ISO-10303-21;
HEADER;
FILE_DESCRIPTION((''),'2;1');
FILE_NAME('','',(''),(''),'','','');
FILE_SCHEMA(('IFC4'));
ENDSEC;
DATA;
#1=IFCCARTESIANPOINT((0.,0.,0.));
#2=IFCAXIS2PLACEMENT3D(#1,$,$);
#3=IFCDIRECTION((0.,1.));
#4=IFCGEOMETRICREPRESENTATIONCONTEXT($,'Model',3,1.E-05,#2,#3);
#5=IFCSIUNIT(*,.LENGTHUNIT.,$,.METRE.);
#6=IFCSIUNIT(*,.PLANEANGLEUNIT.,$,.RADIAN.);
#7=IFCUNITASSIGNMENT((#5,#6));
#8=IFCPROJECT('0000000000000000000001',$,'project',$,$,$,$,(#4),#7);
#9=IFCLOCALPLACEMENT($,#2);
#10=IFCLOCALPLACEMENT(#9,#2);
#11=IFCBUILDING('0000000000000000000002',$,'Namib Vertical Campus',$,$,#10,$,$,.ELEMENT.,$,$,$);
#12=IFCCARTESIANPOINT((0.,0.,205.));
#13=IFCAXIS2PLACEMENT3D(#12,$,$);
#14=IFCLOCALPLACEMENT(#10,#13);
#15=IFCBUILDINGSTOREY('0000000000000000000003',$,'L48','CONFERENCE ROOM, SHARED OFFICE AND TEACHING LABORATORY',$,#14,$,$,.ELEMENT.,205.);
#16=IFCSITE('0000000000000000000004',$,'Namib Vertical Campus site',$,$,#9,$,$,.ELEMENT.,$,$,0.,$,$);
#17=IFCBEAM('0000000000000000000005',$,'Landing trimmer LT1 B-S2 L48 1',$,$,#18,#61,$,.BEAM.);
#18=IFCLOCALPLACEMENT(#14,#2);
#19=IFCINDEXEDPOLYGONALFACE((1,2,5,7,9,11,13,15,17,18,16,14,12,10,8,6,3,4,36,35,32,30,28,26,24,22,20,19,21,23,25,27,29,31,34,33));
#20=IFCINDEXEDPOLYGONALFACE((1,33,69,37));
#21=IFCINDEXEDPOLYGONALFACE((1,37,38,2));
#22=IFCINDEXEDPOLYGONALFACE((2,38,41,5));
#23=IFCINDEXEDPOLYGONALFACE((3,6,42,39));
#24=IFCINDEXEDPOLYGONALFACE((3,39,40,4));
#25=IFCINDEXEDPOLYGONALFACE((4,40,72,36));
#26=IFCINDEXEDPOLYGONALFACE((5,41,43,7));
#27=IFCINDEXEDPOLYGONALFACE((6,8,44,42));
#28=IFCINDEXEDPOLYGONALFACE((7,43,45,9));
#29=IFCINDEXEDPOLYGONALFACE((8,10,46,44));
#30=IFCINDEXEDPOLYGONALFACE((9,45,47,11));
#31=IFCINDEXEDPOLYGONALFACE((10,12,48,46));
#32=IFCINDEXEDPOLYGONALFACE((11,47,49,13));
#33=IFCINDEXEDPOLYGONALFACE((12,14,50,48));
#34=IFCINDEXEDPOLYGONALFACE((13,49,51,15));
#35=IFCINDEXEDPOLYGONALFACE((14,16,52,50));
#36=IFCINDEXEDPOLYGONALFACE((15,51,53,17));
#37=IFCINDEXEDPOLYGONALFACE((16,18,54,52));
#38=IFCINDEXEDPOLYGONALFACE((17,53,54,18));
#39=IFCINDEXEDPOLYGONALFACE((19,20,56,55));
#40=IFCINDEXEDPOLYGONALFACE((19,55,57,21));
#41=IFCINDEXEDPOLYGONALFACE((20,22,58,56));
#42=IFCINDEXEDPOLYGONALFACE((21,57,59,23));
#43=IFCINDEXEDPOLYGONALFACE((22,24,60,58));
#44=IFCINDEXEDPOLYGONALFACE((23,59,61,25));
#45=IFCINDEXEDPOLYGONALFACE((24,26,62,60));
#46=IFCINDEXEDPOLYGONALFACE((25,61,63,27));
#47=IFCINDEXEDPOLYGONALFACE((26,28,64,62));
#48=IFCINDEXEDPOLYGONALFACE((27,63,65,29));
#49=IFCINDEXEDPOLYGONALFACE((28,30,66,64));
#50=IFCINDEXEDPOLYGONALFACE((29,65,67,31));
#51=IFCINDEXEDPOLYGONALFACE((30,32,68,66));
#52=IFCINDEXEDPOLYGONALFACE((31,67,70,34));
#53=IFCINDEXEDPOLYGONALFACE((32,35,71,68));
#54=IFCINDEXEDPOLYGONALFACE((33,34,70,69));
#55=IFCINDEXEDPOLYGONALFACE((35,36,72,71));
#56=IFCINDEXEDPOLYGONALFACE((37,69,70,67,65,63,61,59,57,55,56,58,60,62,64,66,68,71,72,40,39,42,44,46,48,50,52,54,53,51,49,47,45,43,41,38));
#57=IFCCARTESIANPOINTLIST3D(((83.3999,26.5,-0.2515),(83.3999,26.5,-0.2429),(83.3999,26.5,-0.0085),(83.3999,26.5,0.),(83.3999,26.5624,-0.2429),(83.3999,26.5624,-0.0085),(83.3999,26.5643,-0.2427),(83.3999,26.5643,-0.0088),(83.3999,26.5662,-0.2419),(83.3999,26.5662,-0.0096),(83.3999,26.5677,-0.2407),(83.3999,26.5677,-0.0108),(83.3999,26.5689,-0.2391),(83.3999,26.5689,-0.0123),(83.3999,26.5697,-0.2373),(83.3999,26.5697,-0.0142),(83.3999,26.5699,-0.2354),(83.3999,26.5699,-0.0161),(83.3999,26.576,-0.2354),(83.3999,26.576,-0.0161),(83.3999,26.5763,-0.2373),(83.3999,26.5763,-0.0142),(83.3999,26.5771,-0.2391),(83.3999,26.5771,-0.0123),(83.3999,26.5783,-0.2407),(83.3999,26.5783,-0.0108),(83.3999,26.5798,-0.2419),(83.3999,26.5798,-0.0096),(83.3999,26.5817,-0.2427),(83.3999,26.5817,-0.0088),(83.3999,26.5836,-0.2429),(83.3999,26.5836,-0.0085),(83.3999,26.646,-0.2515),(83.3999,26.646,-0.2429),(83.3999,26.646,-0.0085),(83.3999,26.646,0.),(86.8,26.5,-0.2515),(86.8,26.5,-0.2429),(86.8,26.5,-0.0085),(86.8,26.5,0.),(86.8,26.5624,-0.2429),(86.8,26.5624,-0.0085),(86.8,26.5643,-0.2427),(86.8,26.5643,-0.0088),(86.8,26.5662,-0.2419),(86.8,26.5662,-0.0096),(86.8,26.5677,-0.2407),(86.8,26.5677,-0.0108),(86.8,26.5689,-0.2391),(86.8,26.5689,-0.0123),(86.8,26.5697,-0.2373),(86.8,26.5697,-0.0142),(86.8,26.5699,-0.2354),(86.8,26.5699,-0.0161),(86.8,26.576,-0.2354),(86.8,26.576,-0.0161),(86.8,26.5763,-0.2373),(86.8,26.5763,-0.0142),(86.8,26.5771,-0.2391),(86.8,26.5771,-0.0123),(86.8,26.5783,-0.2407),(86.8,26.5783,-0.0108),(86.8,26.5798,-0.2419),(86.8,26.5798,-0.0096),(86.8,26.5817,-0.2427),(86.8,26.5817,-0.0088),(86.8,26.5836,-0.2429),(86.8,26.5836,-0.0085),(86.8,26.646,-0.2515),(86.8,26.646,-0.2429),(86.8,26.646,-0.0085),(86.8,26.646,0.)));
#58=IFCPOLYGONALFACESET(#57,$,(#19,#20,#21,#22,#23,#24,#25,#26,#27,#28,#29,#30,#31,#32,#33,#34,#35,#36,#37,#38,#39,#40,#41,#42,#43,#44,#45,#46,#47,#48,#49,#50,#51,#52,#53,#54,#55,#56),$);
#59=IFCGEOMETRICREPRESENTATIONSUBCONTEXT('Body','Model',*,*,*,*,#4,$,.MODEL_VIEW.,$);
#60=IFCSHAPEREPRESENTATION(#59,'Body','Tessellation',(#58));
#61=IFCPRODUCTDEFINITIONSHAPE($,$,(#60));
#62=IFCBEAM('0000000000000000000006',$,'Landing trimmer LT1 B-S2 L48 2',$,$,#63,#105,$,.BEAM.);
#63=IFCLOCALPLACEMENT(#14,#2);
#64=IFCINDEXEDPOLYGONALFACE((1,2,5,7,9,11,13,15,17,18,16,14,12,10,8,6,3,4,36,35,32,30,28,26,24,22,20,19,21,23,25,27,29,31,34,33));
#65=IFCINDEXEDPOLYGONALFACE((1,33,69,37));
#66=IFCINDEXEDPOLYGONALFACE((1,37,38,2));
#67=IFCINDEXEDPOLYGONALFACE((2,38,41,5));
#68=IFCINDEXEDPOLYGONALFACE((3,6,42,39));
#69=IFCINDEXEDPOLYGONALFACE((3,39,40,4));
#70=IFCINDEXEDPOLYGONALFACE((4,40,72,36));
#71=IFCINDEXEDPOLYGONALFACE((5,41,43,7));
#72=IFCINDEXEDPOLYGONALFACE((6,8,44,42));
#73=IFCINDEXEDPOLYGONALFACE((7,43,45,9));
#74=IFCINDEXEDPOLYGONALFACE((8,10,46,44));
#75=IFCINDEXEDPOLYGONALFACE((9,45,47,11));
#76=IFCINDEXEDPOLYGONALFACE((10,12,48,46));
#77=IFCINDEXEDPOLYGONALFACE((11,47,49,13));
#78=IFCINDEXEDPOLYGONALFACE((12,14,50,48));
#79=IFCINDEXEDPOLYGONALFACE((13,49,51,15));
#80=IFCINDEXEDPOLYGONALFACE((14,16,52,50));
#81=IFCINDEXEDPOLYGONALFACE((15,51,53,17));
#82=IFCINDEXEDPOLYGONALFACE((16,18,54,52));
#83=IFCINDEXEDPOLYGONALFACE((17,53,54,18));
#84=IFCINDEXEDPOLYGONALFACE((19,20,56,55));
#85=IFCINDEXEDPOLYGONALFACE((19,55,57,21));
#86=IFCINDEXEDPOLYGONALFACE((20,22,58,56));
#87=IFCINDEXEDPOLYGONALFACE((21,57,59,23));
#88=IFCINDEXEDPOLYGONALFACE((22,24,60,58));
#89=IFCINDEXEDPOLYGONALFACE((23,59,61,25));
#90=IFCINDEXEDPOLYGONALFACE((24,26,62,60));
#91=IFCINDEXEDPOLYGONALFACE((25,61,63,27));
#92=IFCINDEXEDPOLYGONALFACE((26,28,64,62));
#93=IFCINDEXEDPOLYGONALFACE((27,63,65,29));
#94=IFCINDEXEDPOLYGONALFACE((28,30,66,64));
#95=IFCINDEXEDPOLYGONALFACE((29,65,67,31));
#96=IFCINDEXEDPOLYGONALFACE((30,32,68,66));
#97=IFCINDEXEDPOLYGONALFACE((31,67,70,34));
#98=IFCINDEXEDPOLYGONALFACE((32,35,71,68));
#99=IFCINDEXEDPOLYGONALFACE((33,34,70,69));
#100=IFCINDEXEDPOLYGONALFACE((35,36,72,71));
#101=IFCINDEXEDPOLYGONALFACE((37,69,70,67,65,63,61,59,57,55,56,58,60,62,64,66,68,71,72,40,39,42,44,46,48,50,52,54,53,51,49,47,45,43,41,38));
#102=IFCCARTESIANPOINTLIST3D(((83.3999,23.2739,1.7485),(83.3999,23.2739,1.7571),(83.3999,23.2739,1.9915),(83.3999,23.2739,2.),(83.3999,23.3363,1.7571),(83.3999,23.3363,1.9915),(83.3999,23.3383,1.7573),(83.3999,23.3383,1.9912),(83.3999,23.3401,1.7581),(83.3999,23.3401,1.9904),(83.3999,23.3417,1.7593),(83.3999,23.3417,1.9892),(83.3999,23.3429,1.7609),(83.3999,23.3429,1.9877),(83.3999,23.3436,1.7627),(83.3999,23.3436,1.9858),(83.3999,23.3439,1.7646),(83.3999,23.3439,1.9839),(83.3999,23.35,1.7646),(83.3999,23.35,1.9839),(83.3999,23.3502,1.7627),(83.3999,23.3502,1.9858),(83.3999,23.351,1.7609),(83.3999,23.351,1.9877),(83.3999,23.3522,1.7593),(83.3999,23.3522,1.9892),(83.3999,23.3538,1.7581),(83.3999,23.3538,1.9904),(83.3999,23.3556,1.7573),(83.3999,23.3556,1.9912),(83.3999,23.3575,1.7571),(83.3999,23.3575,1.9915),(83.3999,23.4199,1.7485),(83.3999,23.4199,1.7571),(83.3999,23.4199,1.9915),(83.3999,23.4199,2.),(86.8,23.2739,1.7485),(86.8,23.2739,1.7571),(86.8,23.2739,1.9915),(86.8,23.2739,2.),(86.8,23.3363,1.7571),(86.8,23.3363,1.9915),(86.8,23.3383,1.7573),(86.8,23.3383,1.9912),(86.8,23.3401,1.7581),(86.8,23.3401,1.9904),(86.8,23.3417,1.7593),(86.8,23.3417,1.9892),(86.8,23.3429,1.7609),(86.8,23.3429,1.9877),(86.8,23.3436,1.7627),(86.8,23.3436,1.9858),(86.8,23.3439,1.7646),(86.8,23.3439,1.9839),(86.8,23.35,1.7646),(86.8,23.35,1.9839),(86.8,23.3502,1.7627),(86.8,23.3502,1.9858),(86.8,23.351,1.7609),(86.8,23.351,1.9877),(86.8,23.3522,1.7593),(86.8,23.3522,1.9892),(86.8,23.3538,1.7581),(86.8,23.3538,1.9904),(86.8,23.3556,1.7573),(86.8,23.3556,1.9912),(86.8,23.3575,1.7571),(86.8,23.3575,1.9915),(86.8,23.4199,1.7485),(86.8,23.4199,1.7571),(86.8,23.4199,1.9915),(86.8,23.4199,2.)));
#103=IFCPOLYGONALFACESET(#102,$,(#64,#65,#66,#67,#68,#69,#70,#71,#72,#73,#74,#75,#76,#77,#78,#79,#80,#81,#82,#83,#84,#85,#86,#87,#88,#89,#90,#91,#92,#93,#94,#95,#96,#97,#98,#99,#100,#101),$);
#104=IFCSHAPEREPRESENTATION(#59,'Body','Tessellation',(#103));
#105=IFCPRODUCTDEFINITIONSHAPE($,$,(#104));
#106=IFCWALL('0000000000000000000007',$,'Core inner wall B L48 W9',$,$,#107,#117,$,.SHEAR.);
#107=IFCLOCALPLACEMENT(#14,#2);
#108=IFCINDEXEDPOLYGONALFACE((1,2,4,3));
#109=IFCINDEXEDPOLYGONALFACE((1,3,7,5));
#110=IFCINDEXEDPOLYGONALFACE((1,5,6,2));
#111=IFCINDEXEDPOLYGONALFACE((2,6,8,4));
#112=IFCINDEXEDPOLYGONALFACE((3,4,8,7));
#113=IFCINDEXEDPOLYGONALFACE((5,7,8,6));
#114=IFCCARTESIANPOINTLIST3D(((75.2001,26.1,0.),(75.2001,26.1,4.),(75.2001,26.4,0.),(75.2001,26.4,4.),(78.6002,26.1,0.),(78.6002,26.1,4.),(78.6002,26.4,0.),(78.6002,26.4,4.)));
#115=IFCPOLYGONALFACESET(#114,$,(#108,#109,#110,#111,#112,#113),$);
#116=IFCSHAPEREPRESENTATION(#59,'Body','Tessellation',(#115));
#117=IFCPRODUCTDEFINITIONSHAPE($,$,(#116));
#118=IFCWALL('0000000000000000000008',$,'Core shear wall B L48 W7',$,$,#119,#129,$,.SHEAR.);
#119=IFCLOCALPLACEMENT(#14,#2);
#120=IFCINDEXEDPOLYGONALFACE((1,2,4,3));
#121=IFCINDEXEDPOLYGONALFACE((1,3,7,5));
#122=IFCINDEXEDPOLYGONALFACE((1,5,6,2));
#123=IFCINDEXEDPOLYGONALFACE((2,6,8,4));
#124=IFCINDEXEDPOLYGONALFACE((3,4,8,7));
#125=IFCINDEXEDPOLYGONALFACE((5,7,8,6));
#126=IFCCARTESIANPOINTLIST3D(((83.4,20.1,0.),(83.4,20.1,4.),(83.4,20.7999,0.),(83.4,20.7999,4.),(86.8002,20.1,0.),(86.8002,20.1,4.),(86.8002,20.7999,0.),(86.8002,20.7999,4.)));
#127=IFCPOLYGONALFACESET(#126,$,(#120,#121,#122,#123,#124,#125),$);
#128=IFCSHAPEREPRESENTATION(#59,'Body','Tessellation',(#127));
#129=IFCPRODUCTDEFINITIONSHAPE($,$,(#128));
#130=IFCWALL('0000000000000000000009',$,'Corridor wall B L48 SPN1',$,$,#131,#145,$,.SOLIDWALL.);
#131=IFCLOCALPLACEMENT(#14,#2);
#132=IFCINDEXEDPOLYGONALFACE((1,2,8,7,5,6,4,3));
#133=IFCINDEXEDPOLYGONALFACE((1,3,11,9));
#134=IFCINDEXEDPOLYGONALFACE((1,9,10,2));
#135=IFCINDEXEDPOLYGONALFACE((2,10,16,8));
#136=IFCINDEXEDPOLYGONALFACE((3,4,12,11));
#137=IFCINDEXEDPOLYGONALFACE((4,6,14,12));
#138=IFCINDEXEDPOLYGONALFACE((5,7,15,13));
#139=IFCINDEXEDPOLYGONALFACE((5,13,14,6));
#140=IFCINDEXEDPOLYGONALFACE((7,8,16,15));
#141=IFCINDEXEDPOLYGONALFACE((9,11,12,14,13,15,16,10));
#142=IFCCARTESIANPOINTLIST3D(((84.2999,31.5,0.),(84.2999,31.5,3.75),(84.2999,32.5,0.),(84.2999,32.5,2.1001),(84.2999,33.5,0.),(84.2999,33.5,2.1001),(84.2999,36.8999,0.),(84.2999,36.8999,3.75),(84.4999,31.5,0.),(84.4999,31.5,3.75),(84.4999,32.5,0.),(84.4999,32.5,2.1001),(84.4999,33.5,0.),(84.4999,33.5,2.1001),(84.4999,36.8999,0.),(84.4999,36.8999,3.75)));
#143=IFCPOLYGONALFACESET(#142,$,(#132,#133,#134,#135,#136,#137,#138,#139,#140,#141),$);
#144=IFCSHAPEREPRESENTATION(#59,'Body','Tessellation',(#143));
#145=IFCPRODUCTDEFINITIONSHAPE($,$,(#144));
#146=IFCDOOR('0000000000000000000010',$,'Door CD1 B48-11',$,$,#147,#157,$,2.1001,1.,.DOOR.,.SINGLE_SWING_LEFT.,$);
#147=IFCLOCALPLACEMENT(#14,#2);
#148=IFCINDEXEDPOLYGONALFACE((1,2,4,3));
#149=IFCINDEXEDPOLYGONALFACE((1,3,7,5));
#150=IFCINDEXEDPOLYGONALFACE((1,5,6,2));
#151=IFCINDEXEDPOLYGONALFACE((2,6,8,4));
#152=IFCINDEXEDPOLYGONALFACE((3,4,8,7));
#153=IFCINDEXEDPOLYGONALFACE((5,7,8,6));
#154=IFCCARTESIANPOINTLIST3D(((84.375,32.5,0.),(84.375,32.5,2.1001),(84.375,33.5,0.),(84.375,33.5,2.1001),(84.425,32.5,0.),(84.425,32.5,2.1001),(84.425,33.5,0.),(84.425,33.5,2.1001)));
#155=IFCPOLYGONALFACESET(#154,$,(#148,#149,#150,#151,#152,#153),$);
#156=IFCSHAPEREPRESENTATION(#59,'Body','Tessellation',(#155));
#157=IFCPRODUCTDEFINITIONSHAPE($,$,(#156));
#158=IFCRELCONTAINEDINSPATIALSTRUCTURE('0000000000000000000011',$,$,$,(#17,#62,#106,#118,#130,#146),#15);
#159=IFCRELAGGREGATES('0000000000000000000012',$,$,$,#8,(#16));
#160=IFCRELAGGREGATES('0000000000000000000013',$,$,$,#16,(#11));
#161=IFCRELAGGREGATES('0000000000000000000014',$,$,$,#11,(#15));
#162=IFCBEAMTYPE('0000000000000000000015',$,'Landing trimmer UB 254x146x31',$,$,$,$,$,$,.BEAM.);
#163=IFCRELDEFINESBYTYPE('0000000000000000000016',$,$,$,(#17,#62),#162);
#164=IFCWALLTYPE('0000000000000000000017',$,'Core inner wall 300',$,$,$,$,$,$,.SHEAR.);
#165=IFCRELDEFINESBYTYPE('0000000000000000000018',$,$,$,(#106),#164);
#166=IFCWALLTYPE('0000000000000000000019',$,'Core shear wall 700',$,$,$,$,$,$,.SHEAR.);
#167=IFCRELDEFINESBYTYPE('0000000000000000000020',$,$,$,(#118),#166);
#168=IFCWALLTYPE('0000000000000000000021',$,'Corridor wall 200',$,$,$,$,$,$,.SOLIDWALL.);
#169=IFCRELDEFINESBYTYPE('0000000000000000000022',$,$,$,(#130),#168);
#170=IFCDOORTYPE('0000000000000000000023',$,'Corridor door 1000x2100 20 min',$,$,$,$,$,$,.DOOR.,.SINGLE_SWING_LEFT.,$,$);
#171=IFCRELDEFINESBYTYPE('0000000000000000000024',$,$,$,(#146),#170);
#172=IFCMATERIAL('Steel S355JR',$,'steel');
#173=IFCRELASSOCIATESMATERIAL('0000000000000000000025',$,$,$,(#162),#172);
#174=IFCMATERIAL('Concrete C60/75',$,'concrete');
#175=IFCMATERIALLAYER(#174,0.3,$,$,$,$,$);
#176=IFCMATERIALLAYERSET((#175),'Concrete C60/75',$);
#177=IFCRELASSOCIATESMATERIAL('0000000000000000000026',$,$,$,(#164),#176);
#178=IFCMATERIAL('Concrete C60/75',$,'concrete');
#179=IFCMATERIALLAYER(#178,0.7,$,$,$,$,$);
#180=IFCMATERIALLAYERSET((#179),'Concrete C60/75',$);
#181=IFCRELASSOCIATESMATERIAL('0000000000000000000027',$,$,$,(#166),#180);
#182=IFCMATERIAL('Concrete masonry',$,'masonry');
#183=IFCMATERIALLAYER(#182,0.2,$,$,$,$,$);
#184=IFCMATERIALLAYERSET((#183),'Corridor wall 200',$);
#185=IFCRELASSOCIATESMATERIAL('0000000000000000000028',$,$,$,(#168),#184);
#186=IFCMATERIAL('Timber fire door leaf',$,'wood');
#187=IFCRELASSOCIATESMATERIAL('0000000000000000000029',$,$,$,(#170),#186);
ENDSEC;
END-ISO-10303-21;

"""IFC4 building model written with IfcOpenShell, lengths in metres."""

from ifc_helpers import new_model, si_unit, direction, frame, frame_2d, origin, origin_2d, place, context, subcontext, project, spatial, rectangle, i_section, extrude, material, layer, layer_set, material_profile, profile_set, type_object, element, fill, save


model = new_model("IFC4")

# Units and contexts
model_context = context("Model", 3, precision=1e-05, world=origin(), true_north=direction((0.0, 1.0)))
body_context = subcontext(model_context, "Body", "Model", "MODEL_VIEW")
ifc_project = project(units=[si_unit("LENGTHUNIT", "METRE"), si_unit("PLANEANGLEUNIT", "RADIAN")], contexts=[model_context])

# Site, building, storey
site_placement = place(None, origin())
site = spatial("IfcSite", under=ifc_project, at=site_placement, Name="Namib Vertical Campus site", CompositionType="ELEMENT", RefElevation=0.0)
building_placement = place(site_placement, origin())
building = spatial("IfcBuilding", under=site, at=building_placement, Name="Namib Vertical Campus", CompositionType="ELEMENT")
storey_placement = place(building_placement, frame((0.0, 0.0, 205.0)))
storey = spatial("IfcBuildingStorey", under=building, at=storey_placement, Name="L48", Description="CONFERENCE ROOM, SHARED OFFICE AND TEACHING LABORATORY", CompositionType="ELEMENT", Elevation=205.0)

# Beams
ifc_material_1 = material(Name="Steel S355JR", Category="steel")
ifc_material_profile = material_profile(ifc_material_1, i_section(OverallWidth=0.146, OverallDepth=0.2515, WebThickness=0.0061, FlangeThickness=0.0085, FilletRadius=0.0076, at=origin_2d()))
ifc_profile_set = profile_set([ifc_material_profile], Name="Steel S355JR")
beam_type = type_object("IfcBeamType", Name="Landing trimmer UB 254x146x31", PredefinedType="BEAM", material=ifc_profile_set)
for number, where, z_axis, x_axis, name in (
    (1, (83.3999, 26.573, -0.1257), (1.0, 0.0, 0.0), (0.0, 1.0, 0.0), "Landing trimmer LT1 B-S2 L48 1"),
    (2, (83.3999, 23.3469, 1.8743), (1.0, 0.0, 0.0), (0.0, 1.0, 0.0), "Landing trimmer LT1 B-S2 L48 2"),
):
    element("IfcBeam", number, at=place(storey_placement, frame(where, z_axis=z_axis, x_axis=x_axis)), inside=storey, type_object=beam_type, Name=name, PredefinedType="BEAM", context=body_context, shape_type="SweptSolid", body=[
        extrude(i_section(OverallWidth=0.146, OverallDepth=0.2515, WebThickness=0.0061, FlangeThickness=0.0085, FilletRadius=0.0076, at=origin_2d()), origin(), (0.0, 0.0, 1.0), 3.4001),
    ])

# Walls
ifc_material_2 = material(Name="Concrete C60/75", Category="concrete")
ifc_layer_1 = layer(ifc_material_2, 0.3)
ifc_layer_set_1 = layer_set([ifc_layer_1], Name="Concrete C60/75")
wall_type_1 = type_object("IfcWallType", Name="Core inner wall 300", PredefinedType="SHEAR", material=ifc_layer_set_1)
wall_1_placement = place(storey_placement, frame((75.2, 26.25, 0.0), z_axis=(0.0, 0.0, 1.0), x_axis=(1.0, 0.0, 0.0)))
element("IfcWall", 3, at=wall_1_placement, inside=storey, type_object=wall_type_1, Name="Core inner wall B L48 W9", PredefinedType="SHEAR", context=body_context, shape_type="SweptSolid", body=[
    extrude(rectangle(XDim=3.4001, YDim=0.3, at=frame_2d((1.7002, 0.0))), origin(), (0.0, 0.0, 1.0), 4.0),
])
ifc_material_3 = material(Name="Concrete C60/75", Category="concrete")
ifc_layer_2 = layer(ifc_material_3, 0.7)
ifc_layer_set_2 = layer_set([ifc_layer_2], Name="Concrete C60/75")
wall_type_2 = type_object("IfcWallType", Name="Core shear wall 700", PredefinedType="SHEAR", material=ifc_layer_set_2)
wall_2_placement = place(storey_placement, frame((83.3999, 20.45, 0.0), z_axis=(0.0, 0.0, 1.0), x_axis=(1.0, 0.0, 0.0)))
element("IfcWall", 4, at=wall_2_placement, inside=storey, type_object=wall_type_2, Name="Core shear wall B L48 W7", PredefinedType="SHEAR", context=body_context, shape_type="SweptSolid", body=[
    extrude(rectangle(XDim=3.4001, YDim=0.7, at=frame_2d((1.7002, 0.0))), origin(), (0.0, 0.0, 1.0), 4.0),
])

# Wall, opening, door
ifc_material_4 = material(Name="Concrete masonry", Category="masonry")
ifc_layer_3 = layer(ifc_material_4, 0.2)
ifc_layer_set_3 = layer_set([ifc_layer_3], Name="Corridor wall 200")
wall_type_3 = type_object("IfcWallType", Name="Corridor wall 200", PredefinedType="SOLIDWALL", material=ifc_layer_set_3)
wall_3_placement = place(storey_placement, frame((84.3999, 31.5, 0.0), z_axis=(0.0, 0.0, 1.0), x_axis=(0.0, 1.0, 0.0)))
wall_3 = element("IfcWall", 5, at=wall_3_placement, inside=storey, type_object=wall_type_3, Name="Corridor wall B L48 SPN1", PredefinedType="SOLIDWALL", context=body_context, shape_type="SweptSolid", body=[
    extrude(rectangle(XDim=5.3999, YDim=0.2, at=frame_2d((2.7, 0.0))), origin(), (0.0, 0.0, 1.0), 3.75),
])
opening_1_placement = place(wall_3_placement, frame((1.0, 0.0, 0.0)))
opening_1 = element("IfcOpeningElement", 6, at=opening_1_placement, cuts=wall_3, PredefinedType="OPENING", context=body_context, shape_type="SweptSolid", body=[
    extrude(rectangle(XDim=1.0, YDim=2.1001, at=frame_2d((0.5, 1.05))), frame((0.0, 0.1099, 0.0), z_axis=(0.0, -1.0, 0.0), x_axis=(1.0, 0.0, 0.0)), (0.0, 0.0, 1.0), 0.22),
])
ifc_material_5 = material(Name="Timber fire door leaf", Category="wood")
door_type_1 = type_object("IfcDoorType", Name="Corridor door 1000x2100 20 min", OperationType="SINGLE_SWING_LEFT", PredefinedType="DOOR", material=ifc_material_5)
door_1_placement = place(opening_1_placement, origin())
door_1 = element("IfcDoor", 7, at=door_1_placement, inside=storey, type_object=door_type_1, Name="Door CD1 B48-11", OperationType="SINGLE_SWING_LEFT", OverallHeight=2.1001, OverallWidth=1.0, PredefinedType="DOOR", context=body_context, shape_type="SweptSolid", body=[
    extrude(rectangle(XDim=1.0, YDim=2.1001, at=frame_2d((0.5, 1.05))), frame((0.0, 0.0249, 0.0), z_axis=(0.0, -1.0, 0.0), x_axis=(1.0, 0.0, 0.0)), (0.0, 0.0, 1.0), 0.05),
])
fill(opening_1, door_1)

save(model, "model.ifc")
